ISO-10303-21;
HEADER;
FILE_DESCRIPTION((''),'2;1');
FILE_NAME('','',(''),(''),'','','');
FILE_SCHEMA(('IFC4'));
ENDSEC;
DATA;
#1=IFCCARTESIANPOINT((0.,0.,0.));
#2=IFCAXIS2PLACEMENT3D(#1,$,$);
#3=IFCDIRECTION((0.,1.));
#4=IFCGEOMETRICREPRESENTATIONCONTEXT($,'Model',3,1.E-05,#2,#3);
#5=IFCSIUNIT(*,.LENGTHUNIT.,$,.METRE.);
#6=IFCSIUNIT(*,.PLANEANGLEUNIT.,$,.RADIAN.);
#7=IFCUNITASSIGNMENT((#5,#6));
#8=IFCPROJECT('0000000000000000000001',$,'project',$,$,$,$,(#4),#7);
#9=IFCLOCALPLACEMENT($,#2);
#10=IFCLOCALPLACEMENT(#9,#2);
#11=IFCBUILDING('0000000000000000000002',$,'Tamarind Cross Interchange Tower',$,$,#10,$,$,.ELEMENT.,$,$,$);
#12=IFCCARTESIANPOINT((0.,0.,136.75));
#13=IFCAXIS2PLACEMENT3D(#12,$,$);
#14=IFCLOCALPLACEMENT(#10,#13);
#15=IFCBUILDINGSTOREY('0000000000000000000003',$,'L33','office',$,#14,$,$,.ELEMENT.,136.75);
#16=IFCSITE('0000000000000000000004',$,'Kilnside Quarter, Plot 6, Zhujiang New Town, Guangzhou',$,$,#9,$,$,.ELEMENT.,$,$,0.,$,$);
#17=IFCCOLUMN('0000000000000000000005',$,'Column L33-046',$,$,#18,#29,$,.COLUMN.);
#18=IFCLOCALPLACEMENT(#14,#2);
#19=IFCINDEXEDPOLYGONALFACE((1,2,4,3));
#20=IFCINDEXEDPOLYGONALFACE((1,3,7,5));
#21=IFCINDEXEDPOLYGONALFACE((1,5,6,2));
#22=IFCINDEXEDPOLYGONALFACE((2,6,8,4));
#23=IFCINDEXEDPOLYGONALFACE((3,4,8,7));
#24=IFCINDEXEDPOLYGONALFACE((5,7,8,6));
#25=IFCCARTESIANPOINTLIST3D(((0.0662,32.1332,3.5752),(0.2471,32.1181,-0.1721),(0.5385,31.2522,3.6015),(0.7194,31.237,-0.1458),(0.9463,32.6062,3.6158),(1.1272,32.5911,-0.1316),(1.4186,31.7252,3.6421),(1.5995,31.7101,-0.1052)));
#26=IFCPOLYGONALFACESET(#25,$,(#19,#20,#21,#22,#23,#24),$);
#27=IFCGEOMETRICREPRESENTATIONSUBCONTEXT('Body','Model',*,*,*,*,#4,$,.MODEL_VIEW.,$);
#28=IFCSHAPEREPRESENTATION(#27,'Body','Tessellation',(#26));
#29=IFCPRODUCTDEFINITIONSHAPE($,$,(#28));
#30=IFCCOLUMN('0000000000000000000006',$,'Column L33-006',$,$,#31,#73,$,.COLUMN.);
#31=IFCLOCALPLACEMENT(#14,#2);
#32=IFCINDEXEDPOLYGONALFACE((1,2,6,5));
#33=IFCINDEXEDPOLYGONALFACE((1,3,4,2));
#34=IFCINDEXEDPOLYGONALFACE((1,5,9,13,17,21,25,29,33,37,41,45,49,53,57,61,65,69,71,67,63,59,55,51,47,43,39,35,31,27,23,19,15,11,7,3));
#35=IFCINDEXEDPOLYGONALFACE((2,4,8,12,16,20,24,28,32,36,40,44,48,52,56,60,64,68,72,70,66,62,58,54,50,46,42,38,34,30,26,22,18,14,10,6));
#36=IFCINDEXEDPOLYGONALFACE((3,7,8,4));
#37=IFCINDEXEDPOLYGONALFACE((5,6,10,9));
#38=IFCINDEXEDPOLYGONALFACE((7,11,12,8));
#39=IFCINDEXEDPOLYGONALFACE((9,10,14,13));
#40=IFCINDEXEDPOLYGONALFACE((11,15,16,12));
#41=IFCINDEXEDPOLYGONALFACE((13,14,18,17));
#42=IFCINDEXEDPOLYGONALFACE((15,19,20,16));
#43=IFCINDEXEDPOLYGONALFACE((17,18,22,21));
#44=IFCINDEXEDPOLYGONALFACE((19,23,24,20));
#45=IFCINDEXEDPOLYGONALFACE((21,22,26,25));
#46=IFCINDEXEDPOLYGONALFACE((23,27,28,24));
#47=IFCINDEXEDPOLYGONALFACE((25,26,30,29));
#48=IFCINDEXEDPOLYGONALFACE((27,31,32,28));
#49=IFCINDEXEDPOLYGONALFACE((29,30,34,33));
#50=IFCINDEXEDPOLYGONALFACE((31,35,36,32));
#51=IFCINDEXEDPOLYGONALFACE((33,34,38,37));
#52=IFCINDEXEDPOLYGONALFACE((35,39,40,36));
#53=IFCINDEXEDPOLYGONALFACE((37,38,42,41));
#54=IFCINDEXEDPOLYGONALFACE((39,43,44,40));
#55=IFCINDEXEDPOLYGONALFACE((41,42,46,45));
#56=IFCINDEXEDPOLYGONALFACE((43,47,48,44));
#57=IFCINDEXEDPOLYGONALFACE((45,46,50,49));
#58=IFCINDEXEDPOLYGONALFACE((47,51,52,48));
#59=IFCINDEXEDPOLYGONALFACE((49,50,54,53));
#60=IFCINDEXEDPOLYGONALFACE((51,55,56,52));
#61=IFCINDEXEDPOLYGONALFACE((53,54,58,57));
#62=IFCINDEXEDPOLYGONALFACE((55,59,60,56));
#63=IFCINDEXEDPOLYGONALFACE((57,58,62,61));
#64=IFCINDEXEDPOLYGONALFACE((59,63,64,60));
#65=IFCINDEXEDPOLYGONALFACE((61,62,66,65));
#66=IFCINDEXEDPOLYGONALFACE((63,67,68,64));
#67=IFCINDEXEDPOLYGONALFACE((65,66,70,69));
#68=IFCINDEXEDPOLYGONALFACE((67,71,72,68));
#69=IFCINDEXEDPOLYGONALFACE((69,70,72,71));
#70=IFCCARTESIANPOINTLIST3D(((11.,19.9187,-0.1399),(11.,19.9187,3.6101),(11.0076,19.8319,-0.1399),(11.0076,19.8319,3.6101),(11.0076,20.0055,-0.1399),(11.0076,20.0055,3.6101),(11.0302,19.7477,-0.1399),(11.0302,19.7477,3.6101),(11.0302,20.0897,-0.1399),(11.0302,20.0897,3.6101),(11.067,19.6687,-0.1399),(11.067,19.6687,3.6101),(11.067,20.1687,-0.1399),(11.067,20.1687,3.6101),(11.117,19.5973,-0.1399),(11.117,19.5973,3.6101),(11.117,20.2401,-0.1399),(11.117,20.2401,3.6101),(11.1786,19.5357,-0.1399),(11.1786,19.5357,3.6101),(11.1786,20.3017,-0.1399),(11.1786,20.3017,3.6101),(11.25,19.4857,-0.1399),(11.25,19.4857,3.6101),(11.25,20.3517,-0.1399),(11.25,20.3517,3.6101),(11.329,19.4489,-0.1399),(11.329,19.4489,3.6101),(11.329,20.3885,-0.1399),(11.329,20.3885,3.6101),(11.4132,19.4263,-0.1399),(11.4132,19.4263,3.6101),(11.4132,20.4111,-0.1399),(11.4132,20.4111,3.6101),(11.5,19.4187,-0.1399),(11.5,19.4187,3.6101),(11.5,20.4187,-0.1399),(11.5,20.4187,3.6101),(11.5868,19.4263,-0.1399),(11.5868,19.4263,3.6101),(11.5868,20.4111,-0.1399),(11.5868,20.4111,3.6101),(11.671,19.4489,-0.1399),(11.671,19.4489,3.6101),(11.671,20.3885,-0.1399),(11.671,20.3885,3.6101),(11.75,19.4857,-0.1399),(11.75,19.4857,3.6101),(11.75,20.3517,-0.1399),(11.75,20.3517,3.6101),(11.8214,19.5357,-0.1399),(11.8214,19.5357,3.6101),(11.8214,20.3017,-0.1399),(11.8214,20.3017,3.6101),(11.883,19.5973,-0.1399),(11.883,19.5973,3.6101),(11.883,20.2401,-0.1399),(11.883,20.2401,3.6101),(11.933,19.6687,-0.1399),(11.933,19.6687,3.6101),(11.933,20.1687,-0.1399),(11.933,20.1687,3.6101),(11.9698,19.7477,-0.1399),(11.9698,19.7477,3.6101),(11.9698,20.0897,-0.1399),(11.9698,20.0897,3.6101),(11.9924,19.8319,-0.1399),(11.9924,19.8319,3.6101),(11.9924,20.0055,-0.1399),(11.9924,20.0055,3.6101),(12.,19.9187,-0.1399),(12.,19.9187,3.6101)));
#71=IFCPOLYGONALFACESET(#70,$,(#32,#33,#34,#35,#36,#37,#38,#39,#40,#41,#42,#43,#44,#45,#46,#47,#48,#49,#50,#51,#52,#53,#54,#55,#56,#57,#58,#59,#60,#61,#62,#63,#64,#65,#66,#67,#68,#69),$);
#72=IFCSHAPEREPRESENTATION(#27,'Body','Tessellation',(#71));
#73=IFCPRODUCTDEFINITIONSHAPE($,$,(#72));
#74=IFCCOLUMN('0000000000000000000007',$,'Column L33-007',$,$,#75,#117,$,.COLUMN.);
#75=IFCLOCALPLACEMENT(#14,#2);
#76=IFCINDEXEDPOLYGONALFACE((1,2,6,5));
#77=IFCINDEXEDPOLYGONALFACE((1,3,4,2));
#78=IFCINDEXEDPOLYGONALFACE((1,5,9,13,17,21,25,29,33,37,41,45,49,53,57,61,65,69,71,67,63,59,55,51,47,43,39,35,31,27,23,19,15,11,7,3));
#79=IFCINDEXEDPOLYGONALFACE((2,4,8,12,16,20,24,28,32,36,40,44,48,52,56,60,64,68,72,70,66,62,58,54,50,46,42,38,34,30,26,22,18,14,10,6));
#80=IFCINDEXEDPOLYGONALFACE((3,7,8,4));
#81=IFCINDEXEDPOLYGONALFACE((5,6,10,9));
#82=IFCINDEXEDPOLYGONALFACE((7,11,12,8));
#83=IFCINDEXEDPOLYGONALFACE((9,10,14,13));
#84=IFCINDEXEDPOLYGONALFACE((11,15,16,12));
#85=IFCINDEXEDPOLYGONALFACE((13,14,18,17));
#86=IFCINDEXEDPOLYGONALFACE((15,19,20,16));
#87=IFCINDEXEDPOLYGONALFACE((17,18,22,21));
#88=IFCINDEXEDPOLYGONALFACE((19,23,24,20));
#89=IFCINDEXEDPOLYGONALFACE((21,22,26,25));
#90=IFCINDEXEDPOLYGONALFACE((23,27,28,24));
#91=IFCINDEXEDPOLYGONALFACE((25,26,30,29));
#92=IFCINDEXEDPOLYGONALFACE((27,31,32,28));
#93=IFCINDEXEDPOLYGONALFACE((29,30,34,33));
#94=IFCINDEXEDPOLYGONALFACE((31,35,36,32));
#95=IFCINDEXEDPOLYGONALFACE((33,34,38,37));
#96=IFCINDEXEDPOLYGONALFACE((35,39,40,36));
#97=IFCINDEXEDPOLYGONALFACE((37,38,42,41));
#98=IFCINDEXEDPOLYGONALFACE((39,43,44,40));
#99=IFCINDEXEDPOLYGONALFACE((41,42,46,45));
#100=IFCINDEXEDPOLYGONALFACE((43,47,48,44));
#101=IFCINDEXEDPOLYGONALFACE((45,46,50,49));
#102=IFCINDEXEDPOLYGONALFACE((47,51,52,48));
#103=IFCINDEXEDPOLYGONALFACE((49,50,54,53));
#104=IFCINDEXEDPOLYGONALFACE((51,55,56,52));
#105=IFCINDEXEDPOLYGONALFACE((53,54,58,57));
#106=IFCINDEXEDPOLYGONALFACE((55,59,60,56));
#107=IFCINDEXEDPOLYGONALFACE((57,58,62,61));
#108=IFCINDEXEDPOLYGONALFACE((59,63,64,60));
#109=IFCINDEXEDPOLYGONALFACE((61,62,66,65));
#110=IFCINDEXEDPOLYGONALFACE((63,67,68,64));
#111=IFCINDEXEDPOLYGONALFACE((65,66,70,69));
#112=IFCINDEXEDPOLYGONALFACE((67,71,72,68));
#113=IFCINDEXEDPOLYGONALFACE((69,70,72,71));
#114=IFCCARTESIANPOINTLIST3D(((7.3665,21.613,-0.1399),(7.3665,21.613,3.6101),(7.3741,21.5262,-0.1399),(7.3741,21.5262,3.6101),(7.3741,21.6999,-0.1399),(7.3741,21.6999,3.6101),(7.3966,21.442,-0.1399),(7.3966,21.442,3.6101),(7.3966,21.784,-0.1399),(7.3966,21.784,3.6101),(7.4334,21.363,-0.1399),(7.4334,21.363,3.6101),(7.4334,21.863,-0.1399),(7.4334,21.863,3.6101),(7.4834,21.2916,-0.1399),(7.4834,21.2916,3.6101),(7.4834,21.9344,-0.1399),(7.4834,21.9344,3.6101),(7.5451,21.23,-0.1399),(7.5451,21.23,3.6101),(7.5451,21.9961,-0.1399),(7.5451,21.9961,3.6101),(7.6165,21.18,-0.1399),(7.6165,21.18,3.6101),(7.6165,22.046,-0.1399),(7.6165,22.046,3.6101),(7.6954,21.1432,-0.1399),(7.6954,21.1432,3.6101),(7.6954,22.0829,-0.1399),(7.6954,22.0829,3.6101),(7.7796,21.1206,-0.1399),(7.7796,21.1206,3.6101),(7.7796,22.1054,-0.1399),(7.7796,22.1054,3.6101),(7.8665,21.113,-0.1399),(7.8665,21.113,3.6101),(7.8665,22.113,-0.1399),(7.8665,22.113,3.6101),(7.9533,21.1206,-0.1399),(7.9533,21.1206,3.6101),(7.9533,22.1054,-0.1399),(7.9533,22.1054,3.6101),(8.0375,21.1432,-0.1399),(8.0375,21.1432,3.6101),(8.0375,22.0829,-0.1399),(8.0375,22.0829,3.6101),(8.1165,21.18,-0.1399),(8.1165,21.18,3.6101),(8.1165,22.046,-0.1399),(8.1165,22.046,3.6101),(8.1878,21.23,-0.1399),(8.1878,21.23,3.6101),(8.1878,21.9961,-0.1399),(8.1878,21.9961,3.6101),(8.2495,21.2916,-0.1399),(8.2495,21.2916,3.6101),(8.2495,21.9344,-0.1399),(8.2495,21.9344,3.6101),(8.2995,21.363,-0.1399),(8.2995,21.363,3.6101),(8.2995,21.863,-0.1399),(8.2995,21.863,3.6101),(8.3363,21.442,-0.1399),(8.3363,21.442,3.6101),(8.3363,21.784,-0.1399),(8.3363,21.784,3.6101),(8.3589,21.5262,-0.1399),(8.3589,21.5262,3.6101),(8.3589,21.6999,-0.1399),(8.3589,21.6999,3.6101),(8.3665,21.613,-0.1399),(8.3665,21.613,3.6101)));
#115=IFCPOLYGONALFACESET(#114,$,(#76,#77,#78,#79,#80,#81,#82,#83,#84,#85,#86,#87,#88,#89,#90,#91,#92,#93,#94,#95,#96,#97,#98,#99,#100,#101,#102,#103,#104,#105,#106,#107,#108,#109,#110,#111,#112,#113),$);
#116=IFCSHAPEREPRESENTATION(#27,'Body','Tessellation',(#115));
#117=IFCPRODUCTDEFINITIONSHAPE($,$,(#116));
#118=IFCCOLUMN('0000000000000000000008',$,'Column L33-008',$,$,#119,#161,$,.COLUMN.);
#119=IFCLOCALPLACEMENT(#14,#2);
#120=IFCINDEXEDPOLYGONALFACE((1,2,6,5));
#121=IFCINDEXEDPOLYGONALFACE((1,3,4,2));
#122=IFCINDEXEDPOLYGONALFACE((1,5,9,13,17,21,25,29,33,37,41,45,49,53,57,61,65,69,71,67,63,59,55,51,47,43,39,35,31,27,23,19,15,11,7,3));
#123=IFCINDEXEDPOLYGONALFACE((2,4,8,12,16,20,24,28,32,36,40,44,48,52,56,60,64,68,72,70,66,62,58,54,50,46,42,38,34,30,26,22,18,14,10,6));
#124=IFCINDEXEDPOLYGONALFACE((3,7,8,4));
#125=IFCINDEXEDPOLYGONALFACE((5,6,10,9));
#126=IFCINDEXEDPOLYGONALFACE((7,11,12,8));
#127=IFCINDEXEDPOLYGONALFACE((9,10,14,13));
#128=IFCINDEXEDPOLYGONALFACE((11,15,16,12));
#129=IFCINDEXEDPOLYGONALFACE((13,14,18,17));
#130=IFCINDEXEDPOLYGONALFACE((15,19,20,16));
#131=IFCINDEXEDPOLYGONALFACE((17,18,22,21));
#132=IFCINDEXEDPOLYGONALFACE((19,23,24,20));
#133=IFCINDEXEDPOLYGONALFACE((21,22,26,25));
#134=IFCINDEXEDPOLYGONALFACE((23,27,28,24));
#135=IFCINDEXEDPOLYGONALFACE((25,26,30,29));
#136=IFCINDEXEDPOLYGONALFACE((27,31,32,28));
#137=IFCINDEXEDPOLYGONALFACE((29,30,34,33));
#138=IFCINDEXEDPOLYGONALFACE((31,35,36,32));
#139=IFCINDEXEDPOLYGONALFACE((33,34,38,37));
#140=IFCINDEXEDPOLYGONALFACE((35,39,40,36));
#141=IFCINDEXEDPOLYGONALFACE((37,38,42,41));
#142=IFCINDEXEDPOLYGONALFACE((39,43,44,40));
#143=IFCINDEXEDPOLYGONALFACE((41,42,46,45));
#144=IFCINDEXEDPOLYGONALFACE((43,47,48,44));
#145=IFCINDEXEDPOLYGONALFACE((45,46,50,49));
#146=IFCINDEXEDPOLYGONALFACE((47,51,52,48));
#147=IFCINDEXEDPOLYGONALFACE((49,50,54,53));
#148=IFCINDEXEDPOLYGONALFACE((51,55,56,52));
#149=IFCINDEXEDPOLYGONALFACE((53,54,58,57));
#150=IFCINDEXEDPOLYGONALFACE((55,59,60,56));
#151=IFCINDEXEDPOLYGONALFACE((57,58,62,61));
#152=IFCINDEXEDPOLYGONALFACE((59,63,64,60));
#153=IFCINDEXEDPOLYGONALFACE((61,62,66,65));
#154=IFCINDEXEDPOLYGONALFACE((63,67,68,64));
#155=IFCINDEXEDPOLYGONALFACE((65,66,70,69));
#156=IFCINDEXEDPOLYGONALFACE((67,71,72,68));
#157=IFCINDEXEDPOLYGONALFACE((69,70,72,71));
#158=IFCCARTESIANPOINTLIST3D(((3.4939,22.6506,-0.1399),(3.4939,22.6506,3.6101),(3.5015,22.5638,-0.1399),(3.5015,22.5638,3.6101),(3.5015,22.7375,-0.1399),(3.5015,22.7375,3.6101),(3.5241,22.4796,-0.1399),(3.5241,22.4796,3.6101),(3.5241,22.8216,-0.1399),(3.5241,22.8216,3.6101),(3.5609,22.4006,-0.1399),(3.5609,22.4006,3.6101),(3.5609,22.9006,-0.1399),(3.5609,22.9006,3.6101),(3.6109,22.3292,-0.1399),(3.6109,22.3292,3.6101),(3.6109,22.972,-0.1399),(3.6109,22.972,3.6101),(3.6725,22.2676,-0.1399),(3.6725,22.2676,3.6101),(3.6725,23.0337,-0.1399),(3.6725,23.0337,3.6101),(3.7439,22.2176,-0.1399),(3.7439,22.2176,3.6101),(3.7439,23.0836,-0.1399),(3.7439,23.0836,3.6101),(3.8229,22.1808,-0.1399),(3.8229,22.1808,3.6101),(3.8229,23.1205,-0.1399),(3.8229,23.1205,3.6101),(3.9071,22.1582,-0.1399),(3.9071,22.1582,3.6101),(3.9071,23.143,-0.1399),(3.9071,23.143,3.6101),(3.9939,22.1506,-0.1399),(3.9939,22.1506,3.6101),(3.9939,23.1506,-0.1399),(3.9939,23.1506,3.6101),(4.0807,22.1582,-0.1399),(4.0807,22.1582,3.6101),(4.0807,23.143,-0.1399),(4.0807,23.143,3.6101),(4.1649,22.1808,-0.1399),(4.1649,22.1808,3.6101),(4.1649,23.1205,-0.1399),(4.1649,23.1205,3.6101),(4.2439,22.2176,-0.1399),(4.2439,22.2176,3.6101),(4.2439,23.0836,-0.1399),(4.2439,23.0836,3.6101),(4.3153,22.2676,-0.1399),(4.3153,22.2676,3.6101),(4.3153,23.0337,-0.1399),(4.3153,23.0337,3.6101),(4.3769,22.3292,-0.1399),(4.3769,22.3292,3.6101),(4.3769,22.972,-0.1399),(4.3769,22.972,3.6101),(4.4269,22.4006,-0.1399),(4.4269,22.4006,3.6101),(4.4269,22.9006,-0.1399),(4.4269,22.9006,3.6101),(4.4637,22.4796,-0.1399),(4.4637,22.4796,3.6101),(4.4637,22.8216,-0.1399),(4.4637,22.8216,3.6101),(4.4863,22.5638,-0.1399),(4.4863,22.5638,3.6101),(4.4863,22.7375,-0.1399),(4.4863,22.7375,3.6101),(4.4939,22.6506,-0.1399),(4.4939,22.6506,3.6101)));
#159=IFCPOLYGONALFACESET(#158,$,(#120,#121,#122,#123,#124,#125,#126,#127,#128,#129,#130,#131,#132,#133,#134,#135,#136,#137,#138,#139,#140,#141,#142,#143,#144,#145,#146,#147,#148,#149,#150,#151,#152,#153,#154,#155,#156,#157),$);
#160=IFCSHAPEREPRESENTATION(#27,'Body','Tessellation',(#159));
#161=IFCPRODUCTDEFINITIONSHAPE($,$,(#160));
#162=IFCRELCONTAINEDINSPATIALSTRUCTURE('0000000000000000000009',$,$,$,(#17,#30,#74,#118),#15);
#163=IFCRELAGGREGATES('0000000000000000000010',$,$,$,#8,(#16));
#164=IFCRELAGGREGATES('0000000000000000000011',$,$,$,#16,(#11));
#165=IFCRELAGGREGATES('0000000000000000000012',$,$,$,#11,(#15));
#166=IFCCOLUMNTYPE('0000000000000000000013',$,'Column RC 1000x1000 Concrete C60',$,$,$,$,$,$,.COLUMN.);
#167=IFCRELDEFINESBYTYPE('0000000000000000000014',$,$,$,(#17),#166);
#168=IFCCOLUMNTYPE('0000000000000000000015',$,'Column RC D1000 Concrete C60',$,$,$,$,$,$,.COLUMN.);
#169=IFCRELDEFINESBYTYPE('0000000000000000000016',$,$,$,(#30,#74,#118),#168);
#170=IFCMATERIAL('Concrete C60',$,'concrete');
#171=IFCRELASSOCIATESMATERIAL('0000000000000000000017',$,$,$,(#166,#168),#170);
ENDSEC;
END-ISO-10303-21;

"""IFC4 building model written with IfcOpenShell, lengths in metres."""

from ifc_helpers import new_model, si_unit, direction, frame, origin, origin_2d, place, context, subcontext, project, spatial, rectangle, circle, extrude, material, material_profile, profile_set, type_object, element, save


model = new_model("IFC4")

# Units and contexts
model_context = context("Model", 3, precision=1e-05, world=origin(), true_north=direction((0.0, 1.0)))
body_context = subcontext(model_context, "Body", "Model", "MODEL_VIEW")
ifc_project = project(units=[si_unit("LENGTHUNIT", "METRE"), si_unit("PLANEANGLEUNIT", "RADIAN")], contexts=[model_context])

# Site, building, storey
site_placement = place(None, origin())
site = spatial("IfcSite", under=ifc_project, at=site_placement, Name="Kilnside Quarter, Plot 6, Zhujiang New Town, Guangzhou", CompositionType="ELEMENT", RefElevation=0.0)
building_placement = place(site_placement, origin())
building = spatial("IfcBuilding", under=site, at=building_placement, Name="Tamarind Cross Interchange Tower", CompositionType="ELEMENT")
storey_placement = place(building_placement, frame((0.0, 0.0, 136.75)))
storey = spatial("IfcBuildingStorey", under=building, at=storey_placement, Name="L33", Description="office", CompositionType="ELEMENT", Elevation=136.75)

# Columns
ifc_material_1 = material(Name="Concrete C60", Category="concrete")
ifc_material_profile_1 = material_profile(ifc_material_1, rectangle(XDim=1.0, YDim=1.0, at=origin_2d()), Name="RC 1000x1000")
ifc_profile_set_1 = profile_set([ifc_material_profile_1], Name="Concrete C60")
column_type_1 = type_object("IfcColumnType", Name="Column RC 1000x1000 Concrete C60", PredefinedType="COLUMN", material=ifc_profile_set_1)
column_placement = place(storey_placement, frame((0.9233, 31.9141, -0.1387), z_axis=(-0.04822, 0.004035, 0.998829), x_axis=(0.472303, -0.881042, 0.02636)))
element("IfcColumn", 1, at=column_placement, inside=storey, type_object=column_type_1, Name="Column L33-046", PredefinedType="COLUMN", context=body_context, shape_type="SweptSolid", body=[
    extrude(rectangle(XDim=1.0, YDim=1.0, at=origin_2d()), origin(), (0.0, 0.0, 1.0), 3.7517),
])
ifc_material_profile_2 = material_profile(ifc_material_1, circle(Radius=0.5, at=origin_2d()), Name="RC D1000")
ifc_profile_set_2 = profile_set([ifc_material_profile_2], Name="Concrete C60")
column_type_2 = type_object("IfcColumnType", Name="Column RC D1000 Concrete C60", PredefinedType="COLUMN", material=ifc_profile_set_2)
for number, where, z_axis, x_axis, name in (
    (2, (11.5, 19.9187, -0.1399), (0.0, 0.0, 1.0), (1.0, 0.0, 0.0), "Column L33-006"),
    (3, (7.8665, 21.613, -0.1399), (0.0, 0.0, 1.0), (1.0, 0.0, 0.0), "Column L33-007"),
    (4, (3.9939, 22.6506, -0.1399), (0.0, 0.0, 1.0), (1.0, 0.0, 0.0), "Column L33-008"),
):
    element("IfcColumn", number, at=place(storey_placement, frame(where, z_axis=z_axis, x_axis=x_axis)), inside=storey, type_object=column_type_2, Name=name, PredefinedType="COLUMN", context=body_context, shape_type="SweptSolid", body=[
        extrude(circle(Radius=0.5, at=origin_2d()), origin(), (0.0, 0.0, 1.0), 3.75),
    ])

save(model, "model.ifc")
